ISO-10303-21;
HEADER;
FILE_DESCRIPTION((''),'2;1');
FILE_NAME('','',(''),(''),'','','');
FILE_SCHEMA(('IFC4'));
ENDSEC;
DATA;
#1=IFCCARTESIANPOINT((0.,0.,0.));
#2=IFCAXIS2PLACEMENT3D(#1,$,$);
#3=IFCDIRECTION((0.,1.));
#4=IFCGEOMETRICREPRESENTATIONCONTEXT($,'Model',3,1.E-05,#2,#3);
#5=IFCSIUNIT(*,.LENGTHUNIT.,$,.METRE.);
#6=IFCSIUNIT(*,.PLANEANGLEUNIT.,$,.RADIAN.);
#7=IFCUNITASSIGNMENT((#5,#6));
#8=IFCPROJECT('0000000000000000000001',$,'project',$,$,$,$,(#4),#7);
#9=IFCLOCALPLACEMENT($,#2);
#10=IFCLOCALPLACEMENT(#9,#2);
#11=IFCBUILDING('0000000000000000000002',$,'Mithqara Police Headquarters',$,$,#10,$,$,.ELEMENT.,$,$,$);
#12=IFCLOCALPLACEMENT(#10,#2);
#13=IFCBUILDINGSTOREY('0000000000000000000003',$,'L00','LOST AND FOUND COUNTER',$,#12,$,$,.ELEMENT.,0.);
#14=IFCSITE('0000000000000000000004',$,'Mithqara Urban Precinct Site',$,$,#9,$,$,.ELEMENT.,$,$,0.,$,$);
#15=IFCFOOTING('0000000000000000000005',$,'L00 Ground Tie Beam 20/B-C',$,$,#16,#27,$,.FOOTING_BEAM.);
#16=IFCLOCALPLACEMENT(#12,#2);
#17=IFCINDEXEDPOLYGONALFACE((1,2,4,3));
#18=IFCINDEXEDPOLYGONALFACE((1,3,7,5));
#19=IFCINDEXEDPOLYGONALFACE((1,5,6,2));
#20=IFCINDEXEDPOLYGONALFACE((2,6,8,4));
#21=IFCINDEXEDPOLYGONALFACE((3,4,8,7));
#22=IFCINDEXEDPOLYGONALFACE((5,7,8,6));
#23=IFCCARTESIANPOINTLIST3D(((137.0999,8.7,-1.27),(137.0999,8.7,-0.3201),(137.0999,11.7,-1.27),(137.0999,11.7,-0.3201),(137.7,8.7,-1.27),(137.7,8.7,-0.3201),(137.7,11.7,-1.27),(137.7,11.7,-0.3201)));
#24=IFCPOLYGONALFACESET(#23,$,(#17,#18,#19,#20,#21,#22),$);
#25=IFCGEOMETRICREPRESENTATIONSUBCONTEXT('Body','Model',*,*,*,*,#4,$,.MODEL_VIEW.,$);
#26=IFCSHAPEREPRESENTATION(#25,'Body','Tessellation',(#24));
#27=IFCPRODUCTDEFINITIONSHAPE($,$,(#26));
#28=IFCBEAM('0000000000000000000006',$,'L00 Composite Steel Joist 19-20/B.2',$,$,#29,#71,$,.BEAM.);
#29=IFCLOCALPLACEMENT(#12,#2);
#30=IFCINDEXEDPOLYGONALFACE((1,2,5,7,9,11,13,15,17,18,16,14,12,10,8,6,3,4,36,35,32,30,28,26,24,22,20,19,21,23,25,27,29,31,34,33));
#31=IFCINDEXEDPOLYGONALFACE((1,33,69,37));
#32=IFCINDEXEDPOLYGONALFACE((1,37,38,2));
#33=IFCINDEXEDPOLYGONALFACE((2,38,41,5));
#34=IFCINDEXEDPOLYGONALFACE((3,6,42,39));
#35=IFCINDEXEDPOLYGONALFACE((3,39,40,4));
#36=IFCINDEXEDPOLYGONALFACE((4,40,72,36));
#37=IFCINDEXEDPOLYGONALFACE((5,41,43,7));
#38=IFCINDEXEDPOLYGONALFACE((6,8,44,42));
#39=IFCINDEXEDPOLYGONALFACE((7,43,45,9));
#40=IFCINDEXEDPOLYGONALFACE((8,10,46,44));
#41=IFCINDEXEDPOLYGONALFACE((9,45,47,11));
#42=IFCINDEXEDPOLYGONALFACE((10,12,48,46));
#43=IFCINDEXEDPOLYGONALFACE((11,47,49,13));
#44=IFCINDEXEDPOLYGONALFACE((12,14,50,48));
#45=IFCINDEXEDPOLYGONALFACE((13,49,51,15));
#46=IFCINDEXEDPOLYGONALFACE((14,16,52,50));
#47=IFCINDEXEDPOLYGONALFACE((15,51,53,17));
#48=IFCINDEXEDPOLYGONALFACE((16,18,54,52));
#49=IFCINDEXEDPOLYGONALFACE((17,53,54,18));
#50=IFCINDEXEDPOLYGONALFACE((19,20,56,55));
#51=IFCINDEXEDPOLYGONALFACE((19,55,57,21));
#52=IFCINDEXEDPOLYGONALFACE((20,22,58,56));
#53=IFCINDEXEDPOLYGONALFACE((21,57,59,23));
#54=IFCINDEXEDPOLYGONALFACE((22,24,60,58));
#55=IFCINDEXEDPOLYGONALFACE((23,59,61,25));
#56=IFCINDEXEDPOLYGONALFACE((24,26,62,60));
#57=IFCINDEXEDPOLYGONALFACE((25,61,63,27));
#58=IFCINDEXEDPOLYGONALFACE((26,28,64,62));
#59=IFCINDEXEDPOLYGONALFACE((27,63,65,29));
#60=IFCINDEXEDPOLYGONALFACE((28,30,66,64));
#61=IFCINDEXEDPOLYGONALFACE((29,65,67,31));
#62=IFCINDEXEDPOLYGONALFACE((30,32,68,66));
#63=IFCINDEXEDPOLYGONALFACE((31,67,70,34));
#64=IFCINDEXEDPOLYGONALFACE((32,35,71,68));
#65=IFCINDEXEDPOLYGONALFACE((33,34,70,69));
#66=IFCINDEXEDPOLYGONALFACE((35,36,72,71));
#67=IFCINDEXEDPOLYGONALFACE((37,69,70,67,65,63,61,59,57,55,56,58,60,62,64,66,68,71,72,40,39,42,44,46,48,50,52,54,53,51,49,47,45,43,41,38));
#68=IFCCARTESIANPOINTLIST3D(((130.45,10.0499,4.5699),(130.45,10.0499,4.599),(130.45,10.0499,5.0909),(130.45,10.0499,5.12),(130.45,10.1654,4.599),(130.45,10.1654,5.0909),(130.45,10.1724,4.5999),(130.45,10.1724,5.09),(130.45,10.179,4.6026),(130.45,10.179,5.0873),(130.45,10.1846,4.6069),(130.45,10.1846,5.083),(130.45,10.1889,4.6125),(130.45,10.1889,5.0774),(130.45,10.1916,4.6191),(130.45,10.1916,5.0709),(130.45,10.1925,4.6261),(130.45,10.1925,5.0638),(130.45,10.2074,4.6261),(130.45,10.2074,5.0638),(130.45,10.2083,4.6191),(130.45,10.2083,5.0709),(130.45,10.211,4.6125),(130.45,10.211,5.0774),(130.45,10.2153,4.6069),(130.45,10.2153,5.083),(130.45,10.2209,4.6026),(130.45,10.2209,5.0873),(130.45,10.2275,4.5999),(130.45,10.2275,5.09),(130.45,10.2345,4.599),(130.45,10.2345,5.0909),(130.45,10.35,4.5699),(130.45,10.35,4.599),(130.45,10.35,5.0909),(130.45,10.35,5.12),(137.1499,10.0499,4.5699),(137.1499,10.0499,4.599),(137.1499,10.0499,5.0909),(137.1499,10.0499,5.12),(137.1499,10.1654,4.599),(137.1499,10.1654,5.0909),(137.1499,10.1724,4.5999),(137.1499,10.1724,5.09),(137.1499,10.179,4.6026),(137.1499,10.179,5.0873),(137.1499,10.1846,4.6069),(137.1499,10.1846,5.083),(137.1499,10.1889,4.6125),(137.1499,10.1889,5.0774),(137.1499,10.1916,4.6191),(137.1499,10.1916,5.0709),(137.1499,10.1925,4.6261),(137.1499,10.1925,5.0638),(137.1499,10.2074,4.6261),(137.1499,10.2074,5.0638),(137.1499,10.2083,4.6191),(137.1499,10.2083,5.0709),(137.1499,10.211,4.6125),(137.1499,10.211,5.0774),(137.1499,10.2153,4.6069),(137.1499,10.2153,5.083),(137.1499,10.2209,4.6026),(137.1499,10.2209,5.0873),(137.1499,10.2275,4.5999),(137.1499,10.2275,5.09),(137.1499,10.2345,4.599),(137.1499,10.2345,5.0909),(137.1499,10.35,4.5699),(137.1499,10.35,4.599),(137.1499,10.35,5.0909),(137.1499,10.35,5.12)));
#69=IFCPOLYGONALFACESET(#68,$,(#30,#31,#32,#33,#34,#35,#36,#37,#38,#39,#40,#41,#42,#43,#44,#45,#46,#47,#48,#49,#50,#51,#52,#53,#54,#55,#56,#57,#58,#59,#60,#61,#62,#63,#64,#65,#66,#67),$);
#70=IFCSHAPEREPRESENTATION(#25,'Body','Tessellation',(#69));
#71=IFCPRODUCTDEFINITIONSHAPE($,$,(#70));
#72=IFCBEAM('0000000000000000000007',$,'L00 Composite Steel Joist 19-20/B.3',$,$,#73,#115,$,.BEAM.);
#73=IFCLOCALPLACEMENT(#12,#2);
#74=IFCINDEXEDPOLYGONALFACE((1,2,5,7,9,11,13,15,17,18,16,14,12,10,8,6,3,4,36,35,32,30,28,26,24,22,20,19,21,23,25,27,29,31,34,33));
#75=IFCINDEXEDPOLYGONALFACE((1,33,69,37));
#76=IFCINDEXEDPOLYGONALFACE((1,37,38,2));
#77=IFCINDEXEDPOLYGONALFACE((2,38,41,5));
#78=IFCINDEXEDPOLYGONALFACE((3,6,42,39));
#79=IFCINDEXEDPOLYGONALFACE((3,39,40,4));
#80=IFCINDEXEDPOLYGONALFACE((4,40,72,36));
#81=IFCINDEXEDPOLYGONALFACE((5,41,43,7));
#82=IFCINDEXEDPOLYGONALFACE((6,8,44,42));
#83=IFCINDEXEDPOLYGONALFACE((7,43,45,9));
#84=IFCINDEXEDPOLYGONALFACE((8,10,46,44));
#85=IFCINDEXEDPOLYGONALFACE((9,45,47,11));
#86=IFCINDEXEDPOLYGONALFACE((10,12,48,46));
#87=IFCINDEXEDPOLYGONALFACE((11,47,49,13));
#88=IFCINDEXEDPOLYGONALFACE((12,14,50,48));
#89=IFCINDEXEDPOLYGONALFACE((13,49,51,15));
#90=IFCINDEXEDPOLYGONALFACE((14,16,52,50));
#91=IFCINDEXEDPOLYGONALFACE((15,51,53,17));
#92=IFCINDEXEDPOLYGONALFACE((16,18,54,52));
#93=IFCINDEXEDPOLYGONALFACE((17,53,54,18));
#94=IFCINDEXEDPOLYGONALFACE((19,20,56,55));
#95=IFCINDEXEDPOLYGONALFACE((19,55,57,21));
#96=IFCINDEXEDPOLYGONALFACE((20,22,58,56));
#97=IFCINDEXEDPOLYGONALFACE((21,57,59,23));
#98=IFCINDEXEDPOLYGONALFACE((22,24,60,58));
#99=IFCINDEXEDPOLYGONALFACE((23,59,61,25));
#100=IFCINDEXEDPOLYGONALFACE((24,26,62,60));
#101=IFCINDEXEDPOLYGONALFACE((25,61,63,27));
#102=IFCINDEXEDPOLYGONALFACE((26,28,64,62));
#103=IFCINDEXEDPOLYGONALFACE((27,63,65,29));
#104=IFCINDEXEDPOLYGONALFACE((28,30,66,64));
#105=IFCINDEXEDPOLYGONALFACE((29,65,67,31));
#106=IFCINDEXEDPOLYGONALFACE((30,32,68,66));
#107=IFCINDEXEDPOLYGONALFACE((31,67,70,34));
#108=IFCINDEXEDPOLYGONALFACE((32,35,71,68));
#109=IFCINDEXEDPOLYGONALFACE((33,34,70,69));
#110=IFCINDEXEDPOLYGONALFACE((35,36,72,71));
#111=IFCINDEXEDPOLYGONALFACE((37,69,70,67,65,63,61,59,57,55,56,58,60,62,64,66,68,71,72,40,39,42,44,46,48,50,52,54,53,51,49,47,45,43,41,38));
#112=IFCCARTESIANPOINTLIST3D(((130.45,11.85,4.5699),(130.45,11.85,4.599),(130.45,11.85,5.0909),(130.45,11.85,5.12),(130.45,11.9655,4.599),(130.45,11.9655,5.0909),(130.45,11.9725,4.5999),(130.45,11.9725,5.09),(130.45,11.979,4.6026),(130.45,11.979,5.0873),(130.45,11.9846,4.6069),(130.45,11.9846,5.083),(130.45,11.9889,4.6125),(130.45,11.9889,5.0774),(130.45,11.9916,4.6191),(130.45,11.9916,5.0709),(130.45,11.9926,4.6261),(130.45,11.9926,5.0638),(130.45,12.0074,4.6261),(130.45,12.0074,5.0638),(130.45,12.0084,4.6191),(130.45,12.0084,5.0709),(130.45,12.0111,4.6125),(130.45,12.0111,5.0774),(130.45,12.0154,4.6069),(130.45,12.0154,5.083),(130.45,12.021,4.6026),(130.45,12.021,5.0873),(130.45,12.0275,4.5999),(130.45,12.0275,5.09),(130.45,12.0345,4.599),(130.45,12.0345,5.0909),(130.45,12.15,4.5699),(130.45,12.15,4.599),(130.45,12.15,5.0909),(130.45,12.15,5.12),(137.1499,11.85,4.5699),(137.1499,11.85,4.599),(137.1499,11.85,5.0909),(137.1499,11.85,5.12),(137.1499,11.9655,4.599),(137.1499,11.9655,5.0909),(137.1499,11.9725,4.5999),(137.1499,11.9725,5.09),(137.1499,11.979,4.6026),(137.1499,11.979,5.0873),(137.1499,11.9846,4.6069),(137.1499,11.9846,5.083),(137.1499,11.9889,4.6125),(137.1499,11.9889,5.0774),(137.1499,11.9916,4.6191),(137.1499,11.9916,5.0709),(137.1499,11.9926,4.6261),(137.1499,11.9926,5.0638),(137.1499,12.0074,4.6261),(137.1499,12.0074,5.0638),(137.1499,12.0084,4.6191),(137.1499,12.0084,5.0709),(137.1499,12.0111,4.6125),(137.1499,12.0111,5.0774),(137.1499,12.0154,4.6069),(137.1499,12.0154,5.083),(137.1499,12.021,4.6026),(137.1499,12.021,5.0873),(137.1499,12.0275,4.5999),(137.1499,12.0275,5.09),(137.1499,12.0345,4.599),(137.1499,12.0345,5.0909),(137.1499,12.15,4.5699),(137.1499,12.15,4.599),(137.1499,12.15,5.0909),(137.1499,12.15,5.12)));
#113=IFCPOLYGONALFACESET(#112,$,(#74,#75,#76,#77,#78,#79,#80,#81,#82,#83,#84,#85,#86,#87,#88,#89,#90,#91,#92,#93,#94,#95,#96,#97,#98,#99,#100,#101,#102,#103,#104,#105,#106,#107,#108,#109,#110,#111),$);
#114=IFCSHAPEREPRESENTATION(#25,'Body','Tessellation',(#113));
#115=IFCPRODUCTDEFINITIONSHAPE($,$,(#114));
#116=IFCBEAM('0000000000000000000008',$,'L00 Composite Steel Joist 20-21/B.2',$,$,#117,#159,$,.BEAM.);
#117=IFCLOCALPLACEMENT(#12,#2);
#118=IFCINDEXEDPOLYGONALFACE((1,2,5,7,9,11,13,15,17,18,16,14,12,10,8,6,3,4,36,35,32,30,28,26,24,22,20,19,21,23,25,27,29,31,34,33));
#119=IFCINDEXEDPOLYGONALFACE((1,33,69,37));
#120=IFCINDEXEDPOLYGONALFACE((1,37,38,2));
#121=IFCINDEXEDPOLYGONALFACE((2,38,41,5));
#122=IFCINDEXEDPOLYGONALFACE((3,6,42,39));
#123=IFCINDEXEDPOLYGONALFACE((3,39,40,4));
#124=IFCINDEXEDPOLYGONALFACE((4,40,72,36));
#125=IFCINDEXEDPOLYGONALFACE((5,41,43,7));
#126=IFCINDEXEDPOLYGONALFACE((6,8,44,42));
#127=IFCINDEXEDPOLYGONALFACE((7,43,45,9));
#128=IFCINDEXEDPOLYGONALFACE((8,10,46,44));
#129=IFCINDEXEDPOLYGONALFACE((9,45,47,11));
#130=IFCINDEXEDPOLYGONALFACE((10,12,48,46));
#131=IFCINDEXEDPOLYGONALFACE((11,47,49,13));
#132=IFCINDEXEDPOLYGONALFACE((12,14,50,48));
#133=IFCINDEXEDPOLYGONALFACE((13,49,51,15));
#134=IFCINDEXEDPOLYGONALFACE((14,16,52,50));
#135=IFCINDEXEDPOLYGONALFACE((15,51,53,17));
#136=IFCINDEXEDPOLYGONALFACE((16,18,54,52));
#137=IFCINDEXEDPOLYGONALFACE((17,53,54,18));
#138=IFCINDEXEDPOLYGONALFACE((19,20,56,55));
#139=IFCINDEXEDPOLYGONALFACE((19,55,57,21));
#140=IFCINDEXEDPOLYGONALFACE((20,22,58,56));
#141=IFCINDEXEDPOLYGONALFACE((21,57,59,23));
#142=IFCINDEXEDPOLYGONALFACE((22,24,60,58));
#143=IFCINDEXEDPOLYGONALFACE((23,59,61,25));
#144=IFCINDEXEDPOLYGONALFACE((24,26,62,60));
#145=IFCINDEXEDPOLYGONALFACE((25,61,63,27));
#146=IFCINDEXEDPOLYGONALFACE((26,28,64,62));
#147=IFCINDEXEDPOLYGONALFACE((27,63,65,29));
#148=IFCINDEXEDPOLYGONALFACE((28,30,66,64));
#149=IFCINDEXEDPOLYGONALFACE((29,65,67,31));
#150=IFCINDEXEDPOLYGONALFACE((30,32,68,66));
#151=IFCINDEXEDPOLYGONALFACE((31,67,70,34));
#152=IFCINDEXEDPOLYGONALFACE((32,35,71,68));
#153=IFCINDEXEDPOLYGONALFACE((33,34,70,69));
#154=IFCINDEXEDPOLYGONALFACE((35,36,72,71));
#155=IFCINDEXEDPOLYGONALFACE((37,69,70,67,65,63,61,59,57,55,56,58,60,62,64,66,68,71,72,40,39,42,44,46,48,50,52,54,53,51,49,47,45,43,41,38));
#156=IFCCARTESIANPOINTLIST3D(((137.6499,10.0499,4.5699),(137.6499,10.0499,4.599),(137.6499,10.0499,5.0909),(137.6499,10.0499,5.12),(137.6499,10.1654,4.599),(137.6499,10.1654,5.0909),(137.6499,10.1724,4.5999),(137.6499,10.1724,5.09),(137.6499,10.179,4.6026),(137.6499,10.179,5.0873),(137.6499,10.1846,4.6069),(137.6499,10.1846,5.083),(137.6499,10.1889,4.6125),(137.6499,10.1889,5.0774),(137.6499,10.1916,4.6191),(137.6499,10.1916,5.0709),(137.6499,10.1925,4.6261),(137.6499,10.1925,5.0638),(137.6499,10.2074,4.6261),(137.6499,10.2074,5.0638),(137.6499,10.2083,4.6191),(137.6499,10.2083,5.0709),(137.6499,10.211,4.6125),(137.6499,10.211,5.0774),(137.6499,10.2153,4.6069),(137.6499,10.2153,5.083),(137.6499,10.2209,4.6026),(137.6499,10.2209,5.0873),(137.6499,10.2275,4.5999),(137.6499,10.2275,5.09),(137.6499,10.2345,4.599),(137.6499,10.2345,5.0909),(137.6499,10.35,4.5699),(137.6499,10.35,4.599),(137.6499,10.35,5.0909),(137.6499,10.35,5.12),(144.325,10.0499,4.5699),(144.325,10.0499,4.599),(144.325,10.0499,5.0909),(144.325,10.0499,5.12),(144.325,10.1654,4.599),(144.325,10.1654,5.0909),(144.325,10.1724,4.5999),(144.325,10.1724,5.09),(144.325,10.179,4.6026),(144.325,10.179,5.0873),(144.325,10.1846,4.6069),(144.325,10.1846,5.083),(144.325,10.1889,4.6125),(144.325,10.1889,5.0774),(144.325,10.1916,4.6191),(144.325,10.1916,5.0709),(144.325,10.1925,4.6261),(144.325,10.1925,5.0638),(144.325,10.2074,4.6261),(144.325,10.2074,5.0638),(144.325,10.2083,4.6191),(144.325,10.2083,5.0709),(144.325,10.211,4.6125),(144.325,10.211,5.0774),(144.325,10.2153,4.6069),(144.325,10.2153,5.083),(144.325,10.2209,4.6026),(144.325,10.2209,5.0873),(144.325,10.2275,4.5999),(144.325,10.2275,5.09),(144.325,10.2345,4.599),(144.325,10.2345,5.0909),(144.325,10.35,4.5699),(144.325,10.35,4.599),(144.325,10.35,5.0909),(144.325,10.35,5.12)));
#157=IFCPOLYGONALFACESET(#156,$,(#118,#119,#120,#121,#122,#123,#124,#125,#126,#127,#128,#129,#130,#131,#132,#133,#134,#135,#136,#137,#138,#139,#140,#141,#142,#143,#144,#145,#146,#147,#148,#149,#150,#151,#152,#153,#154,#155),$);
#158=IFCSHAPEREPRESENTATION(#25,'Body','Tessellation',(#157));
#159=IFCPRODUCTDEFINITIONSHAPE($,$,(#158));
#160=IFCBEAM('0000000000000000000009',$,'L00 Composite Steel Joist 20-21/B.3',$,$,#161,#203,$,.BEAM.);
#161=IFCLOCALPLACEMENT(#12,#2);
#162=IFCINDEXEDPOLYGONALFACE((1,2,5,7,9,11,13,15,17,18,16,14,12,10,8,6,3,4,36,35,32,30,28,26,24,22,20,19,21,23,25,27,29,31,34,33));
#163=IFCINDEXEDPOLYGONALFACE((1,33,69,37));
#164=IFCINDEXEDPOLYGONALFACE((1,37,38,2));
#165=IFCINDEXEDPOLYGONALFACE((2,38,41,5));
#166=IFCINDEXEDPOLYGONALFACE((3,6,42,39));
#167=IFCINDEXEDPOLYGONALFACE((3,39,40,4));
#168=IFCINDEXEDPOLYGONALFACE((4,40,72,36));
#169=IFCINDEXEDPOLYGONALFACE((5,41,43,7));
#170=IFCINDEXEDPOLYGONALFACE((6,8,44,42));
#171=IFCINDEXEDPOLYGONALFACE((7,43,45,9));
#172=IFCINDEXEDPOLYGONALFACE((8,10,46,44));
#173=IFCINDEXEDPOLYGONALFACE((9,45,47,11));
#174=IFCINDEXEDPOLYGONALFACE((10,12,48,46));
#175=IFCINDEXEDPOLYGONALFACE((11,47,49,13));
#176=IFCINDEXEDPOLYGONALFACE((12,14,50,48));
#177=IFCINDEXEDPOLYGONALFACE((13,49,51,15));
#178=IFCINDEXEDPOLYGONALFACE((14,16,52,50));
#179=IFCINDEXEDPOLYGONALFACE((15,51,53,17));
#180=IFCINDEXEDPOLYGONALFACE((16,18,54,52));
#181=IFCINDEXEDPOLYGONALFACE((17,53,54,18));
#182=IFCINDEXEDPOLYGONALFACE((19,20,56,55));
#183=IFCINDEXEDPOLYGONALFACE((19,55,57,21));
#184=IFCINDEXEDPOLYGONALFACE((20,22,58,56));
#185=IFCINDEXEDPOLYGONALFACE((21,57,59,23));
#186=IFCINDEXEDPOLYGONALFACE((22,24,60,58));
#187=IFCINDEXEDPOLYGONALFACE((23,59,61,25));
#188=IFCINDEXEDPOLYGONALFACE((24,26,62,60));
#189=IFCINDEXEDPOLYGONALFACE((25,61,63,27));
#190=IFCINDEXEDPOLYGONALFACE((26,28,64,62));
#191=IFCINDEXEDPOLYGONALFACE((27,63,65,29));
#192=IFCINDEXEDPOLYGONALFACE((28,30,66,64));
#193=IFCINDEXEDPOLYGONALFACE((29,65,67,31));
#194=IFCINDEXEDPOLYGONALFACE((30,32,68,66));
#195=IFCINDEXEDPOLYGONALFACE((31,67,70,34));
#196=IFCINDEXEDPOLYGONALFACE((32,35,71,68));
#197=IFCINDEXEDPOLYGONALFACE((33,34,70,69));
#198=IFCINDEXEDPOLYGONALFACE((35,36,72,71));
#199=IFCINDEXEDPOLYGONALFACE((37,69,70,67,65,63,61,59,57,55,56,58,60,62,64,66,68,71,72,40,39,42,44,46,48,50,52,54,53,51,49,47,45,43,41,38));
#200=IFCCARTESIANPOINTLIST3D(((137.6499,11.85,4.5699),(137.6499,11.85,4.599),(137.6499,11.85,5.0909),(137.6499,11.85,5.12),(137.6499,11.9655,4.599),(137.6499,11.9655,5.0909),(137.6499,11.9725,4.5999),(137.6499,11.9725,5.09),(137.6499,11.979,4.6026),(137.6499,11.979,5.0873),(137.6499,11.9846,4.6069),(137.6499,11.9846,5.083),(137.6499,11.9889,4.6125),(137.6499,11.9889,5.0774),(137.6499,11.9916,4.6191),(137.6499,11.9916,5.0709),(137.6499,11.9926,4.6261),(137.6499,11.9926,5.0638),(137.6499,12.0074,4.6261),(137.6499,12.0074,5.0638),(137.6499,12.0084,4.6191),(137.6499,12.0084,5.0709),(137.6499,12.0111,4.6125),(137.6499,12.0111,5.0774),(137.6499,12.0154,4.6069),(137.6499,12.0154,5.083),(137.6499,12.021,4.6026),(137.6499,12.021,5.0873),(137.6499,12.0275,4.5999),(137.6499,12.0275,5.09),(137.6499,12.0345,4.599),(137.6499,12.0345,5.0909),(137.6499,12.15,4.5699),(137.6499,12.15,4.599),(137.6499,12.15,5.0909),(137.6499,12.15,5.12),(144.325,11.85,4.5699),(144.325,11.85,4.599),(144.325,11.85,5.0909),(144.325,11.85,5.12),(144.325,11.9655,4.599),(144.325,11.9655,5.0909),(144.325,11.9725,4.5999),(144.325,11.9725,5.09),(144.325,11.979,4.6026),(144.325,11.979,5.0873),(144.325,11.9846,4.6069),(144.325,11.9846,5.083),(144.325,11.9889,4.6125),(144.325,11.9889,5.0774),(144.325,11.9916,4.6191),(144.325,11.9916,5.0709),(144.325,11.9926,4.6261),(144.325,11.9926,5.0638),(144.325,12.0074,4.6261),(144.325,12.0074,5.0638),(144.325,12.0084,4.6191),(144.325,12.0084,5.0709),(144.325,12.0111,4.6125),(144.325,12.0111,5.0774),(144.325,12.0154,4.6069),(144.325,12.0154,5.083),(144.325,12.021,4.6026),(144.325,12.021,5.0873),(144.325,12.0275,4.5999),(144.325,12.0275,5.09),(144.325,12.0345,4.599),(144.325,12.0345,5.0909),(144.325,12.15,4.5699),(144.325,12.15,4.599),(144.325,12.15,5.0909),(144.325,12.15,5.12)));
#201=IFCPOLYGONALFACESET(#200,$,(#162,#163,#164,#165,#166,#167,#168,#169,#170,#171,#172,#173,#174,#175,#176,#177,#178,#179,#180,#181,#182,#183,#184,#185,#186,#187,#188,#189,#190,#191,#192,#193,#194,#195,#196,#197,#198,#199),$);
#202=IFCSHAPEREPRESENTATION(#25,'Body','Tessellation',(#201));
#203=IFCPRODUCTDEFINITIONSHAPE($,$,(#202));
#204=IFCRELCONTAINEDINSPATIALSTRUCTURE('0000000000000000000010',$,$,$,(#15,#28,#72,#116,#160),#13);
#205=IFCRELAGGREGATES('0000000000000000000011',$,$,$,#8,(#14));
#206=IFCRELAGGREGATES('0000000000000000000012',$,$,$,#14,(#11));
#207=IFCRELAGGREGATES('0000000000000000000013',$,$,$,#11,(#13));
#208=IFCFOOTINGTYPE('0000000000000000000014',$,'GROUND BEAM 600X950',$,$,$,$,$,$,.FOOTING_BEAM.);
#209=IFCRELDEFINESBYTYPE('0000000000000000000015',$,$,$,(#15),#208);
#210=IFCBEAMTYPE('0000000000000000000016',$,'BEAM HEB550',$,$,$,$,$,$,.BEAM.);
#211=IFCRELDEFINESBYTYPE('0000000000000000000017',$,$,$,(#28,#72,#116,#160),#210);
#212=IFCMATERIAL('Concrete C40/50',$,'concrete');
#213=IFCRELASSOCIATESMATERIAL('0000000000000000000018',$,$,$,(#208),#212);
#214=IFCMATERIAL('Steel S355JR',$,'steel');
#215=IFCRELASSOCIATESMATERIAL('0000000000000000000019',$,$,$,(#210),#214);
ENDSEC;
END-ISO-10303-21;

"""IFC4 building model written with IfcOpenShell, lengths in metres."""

from ifc_helpers import new_model, si_unit, direction, frame, origin, origin_2d, place, context, subcontext, project, spatial, rectangle, i_section, extrude, material, material_profile, profile_set, type_object, element, save


model = new_model("IFC4")

# Units and contexts
model_context = context("Model", 3, precision=1e-05, world=origin(), true_north=direction((0.0, 1.0)))
body_context = subcontext(model_context, "Body", "Model", "MODEL_VIEW")
ifc_project = project(units=[si_unit("LENGTHUNIT", "METRE"), si_unit("PLANEANGLEUNIT", "RADIAN")], contexts=[model_context])

# Site, building, storey
site_placement = place(None, origin())
site = spatial("IfcSite", under=ifc_project, at=site_placement, Name="Mithqara Urban Precinct Site", CompositionType="ELEMENT", RefElevation=0.0)
building_placement = place(site_placement, origin())
building = spatial("IfcBuilding", under=site, at=building_placement, Name="Mithqara Police Headquarters", CompositionType="ELEMENT")
storey_placement = place(building_placement, origin())
storey = spatial("IfcBuildingStorey", under=building, at=storey_placement, Name="L00", Description="LOST AND FOUND COUNTER", CompositionType="ELEMENT", Elevation=0.0)

# Footing
ifc_material_1 = material(Name="Concrete C40/50", Category="concrete")
footing_type = type_object("IfcFootingType", Name="GROUND BEAM 600X950", PredefinedType="FOOTING_BEAM", material=ifc_material_1)
footing_placement = place(storey_placement, frame((137.3999, 10.2, -1.27), z_axis=(0.0, 0.0, 1.0), x_axis=(1.0, 0.0, 0.0)))
element("IfcFooting", 1, at=footing_placement, inside=storey, type_object=footing_type, Name="L00 Ground Tie Beam 20/B-C", PredefinedType="FOOTING_BEAM", context=body_context, shape_type="SweptSolid", body=[
    extrude(rectangle(XDim=0.6001, YDim=3.0, at=origin_2d()), origin(), (0.0, 0.0, 1.0), 0.95),
])

# Beams
ifc_material_2 = material(Name="Steel S355JR", Category="steel")
ifc_material_profile_1 = material_profile(ifc_material_2, i_section(OverallWidth=0.3, OverallDepth=0.55, WebThickness=0.0149, FlangeThickness=0.0291, FilletRadius=0.0271, at=origin_2d()), Name="HEB 550")
ifc_profile_set_1 = profile_set([ifc_material_profile_1], Name="Steel S355JR")
beam_type = type_object("IfcBeamType", Name="BEAM HEB550", PredefinedType="BEAM", material=ifc_profile_set_1)
for number, where, z_axis, x_axis, name in (
    (2, (130.45, 10.2, 4.845), (1.0, 0.0, 0.0), (0.0, 1.0, 0.0), "L00 Composite Steel Joist 19-20/B.2"),
    (3, (130.45, 12.0, 4.845), (1.0, 0.0, 0.0), (0.0, 1.0, 0.0), "L00 Composite Steel Joist 19-20/B.3"),
):
    element("IfcBeam", number, at=place(storey_placement, frame(where, z_axis=z_axis, x_axis=x_axis)), inside=storey, type_object=beam_type, Name=name, PredefinedType="BEAM", context=body_context, shape_type="SweptSolid", body=[
        extrude(i_section(OverallWidth=0.3, OverallDepth=0.55, WebThickness=0.0149, FlangeThickness=0.0291, FilletRadius=0.0271, at=origin_2d()), origin(), (0.0, 0.0, 1.0), 6.7),
    ])
for number, where, z_axis, x_axis, name in (
    (4, (137.6499, 10.2, 4.845), (1.0, 0.0, 0.0), (0.0, 1.0, 0.0), "L00 Composite Steel Joist 20-21/B.2"),
    (5, (137.6499, 12.0, 4.845), (1.0, 0.0, 0.0), (0.0, 1.0, 0.0), "L00 Composite Steel Joist 20-21/B.3"),
):
    element("IfcBeam", number, at=place(storey_placement, frame(where, z_axis=z_axis, x_axis=x_axis)), inside=storey, type_object=beam_type, Name=name, PredefinedType="BEAM", context=body_context, shape_type="SweptSolid", body=[
        extrude(i_section(OverallWidth=0.3, OverallDepth=0.55, WebThickness=0.0149, FlangeThickness=0.0291, FilletRadius=0.0271, at=origin_2d()), origin(), (0.0, 0.0, 1.0), 6.675),
    ])

save(model, "model.ifc")
